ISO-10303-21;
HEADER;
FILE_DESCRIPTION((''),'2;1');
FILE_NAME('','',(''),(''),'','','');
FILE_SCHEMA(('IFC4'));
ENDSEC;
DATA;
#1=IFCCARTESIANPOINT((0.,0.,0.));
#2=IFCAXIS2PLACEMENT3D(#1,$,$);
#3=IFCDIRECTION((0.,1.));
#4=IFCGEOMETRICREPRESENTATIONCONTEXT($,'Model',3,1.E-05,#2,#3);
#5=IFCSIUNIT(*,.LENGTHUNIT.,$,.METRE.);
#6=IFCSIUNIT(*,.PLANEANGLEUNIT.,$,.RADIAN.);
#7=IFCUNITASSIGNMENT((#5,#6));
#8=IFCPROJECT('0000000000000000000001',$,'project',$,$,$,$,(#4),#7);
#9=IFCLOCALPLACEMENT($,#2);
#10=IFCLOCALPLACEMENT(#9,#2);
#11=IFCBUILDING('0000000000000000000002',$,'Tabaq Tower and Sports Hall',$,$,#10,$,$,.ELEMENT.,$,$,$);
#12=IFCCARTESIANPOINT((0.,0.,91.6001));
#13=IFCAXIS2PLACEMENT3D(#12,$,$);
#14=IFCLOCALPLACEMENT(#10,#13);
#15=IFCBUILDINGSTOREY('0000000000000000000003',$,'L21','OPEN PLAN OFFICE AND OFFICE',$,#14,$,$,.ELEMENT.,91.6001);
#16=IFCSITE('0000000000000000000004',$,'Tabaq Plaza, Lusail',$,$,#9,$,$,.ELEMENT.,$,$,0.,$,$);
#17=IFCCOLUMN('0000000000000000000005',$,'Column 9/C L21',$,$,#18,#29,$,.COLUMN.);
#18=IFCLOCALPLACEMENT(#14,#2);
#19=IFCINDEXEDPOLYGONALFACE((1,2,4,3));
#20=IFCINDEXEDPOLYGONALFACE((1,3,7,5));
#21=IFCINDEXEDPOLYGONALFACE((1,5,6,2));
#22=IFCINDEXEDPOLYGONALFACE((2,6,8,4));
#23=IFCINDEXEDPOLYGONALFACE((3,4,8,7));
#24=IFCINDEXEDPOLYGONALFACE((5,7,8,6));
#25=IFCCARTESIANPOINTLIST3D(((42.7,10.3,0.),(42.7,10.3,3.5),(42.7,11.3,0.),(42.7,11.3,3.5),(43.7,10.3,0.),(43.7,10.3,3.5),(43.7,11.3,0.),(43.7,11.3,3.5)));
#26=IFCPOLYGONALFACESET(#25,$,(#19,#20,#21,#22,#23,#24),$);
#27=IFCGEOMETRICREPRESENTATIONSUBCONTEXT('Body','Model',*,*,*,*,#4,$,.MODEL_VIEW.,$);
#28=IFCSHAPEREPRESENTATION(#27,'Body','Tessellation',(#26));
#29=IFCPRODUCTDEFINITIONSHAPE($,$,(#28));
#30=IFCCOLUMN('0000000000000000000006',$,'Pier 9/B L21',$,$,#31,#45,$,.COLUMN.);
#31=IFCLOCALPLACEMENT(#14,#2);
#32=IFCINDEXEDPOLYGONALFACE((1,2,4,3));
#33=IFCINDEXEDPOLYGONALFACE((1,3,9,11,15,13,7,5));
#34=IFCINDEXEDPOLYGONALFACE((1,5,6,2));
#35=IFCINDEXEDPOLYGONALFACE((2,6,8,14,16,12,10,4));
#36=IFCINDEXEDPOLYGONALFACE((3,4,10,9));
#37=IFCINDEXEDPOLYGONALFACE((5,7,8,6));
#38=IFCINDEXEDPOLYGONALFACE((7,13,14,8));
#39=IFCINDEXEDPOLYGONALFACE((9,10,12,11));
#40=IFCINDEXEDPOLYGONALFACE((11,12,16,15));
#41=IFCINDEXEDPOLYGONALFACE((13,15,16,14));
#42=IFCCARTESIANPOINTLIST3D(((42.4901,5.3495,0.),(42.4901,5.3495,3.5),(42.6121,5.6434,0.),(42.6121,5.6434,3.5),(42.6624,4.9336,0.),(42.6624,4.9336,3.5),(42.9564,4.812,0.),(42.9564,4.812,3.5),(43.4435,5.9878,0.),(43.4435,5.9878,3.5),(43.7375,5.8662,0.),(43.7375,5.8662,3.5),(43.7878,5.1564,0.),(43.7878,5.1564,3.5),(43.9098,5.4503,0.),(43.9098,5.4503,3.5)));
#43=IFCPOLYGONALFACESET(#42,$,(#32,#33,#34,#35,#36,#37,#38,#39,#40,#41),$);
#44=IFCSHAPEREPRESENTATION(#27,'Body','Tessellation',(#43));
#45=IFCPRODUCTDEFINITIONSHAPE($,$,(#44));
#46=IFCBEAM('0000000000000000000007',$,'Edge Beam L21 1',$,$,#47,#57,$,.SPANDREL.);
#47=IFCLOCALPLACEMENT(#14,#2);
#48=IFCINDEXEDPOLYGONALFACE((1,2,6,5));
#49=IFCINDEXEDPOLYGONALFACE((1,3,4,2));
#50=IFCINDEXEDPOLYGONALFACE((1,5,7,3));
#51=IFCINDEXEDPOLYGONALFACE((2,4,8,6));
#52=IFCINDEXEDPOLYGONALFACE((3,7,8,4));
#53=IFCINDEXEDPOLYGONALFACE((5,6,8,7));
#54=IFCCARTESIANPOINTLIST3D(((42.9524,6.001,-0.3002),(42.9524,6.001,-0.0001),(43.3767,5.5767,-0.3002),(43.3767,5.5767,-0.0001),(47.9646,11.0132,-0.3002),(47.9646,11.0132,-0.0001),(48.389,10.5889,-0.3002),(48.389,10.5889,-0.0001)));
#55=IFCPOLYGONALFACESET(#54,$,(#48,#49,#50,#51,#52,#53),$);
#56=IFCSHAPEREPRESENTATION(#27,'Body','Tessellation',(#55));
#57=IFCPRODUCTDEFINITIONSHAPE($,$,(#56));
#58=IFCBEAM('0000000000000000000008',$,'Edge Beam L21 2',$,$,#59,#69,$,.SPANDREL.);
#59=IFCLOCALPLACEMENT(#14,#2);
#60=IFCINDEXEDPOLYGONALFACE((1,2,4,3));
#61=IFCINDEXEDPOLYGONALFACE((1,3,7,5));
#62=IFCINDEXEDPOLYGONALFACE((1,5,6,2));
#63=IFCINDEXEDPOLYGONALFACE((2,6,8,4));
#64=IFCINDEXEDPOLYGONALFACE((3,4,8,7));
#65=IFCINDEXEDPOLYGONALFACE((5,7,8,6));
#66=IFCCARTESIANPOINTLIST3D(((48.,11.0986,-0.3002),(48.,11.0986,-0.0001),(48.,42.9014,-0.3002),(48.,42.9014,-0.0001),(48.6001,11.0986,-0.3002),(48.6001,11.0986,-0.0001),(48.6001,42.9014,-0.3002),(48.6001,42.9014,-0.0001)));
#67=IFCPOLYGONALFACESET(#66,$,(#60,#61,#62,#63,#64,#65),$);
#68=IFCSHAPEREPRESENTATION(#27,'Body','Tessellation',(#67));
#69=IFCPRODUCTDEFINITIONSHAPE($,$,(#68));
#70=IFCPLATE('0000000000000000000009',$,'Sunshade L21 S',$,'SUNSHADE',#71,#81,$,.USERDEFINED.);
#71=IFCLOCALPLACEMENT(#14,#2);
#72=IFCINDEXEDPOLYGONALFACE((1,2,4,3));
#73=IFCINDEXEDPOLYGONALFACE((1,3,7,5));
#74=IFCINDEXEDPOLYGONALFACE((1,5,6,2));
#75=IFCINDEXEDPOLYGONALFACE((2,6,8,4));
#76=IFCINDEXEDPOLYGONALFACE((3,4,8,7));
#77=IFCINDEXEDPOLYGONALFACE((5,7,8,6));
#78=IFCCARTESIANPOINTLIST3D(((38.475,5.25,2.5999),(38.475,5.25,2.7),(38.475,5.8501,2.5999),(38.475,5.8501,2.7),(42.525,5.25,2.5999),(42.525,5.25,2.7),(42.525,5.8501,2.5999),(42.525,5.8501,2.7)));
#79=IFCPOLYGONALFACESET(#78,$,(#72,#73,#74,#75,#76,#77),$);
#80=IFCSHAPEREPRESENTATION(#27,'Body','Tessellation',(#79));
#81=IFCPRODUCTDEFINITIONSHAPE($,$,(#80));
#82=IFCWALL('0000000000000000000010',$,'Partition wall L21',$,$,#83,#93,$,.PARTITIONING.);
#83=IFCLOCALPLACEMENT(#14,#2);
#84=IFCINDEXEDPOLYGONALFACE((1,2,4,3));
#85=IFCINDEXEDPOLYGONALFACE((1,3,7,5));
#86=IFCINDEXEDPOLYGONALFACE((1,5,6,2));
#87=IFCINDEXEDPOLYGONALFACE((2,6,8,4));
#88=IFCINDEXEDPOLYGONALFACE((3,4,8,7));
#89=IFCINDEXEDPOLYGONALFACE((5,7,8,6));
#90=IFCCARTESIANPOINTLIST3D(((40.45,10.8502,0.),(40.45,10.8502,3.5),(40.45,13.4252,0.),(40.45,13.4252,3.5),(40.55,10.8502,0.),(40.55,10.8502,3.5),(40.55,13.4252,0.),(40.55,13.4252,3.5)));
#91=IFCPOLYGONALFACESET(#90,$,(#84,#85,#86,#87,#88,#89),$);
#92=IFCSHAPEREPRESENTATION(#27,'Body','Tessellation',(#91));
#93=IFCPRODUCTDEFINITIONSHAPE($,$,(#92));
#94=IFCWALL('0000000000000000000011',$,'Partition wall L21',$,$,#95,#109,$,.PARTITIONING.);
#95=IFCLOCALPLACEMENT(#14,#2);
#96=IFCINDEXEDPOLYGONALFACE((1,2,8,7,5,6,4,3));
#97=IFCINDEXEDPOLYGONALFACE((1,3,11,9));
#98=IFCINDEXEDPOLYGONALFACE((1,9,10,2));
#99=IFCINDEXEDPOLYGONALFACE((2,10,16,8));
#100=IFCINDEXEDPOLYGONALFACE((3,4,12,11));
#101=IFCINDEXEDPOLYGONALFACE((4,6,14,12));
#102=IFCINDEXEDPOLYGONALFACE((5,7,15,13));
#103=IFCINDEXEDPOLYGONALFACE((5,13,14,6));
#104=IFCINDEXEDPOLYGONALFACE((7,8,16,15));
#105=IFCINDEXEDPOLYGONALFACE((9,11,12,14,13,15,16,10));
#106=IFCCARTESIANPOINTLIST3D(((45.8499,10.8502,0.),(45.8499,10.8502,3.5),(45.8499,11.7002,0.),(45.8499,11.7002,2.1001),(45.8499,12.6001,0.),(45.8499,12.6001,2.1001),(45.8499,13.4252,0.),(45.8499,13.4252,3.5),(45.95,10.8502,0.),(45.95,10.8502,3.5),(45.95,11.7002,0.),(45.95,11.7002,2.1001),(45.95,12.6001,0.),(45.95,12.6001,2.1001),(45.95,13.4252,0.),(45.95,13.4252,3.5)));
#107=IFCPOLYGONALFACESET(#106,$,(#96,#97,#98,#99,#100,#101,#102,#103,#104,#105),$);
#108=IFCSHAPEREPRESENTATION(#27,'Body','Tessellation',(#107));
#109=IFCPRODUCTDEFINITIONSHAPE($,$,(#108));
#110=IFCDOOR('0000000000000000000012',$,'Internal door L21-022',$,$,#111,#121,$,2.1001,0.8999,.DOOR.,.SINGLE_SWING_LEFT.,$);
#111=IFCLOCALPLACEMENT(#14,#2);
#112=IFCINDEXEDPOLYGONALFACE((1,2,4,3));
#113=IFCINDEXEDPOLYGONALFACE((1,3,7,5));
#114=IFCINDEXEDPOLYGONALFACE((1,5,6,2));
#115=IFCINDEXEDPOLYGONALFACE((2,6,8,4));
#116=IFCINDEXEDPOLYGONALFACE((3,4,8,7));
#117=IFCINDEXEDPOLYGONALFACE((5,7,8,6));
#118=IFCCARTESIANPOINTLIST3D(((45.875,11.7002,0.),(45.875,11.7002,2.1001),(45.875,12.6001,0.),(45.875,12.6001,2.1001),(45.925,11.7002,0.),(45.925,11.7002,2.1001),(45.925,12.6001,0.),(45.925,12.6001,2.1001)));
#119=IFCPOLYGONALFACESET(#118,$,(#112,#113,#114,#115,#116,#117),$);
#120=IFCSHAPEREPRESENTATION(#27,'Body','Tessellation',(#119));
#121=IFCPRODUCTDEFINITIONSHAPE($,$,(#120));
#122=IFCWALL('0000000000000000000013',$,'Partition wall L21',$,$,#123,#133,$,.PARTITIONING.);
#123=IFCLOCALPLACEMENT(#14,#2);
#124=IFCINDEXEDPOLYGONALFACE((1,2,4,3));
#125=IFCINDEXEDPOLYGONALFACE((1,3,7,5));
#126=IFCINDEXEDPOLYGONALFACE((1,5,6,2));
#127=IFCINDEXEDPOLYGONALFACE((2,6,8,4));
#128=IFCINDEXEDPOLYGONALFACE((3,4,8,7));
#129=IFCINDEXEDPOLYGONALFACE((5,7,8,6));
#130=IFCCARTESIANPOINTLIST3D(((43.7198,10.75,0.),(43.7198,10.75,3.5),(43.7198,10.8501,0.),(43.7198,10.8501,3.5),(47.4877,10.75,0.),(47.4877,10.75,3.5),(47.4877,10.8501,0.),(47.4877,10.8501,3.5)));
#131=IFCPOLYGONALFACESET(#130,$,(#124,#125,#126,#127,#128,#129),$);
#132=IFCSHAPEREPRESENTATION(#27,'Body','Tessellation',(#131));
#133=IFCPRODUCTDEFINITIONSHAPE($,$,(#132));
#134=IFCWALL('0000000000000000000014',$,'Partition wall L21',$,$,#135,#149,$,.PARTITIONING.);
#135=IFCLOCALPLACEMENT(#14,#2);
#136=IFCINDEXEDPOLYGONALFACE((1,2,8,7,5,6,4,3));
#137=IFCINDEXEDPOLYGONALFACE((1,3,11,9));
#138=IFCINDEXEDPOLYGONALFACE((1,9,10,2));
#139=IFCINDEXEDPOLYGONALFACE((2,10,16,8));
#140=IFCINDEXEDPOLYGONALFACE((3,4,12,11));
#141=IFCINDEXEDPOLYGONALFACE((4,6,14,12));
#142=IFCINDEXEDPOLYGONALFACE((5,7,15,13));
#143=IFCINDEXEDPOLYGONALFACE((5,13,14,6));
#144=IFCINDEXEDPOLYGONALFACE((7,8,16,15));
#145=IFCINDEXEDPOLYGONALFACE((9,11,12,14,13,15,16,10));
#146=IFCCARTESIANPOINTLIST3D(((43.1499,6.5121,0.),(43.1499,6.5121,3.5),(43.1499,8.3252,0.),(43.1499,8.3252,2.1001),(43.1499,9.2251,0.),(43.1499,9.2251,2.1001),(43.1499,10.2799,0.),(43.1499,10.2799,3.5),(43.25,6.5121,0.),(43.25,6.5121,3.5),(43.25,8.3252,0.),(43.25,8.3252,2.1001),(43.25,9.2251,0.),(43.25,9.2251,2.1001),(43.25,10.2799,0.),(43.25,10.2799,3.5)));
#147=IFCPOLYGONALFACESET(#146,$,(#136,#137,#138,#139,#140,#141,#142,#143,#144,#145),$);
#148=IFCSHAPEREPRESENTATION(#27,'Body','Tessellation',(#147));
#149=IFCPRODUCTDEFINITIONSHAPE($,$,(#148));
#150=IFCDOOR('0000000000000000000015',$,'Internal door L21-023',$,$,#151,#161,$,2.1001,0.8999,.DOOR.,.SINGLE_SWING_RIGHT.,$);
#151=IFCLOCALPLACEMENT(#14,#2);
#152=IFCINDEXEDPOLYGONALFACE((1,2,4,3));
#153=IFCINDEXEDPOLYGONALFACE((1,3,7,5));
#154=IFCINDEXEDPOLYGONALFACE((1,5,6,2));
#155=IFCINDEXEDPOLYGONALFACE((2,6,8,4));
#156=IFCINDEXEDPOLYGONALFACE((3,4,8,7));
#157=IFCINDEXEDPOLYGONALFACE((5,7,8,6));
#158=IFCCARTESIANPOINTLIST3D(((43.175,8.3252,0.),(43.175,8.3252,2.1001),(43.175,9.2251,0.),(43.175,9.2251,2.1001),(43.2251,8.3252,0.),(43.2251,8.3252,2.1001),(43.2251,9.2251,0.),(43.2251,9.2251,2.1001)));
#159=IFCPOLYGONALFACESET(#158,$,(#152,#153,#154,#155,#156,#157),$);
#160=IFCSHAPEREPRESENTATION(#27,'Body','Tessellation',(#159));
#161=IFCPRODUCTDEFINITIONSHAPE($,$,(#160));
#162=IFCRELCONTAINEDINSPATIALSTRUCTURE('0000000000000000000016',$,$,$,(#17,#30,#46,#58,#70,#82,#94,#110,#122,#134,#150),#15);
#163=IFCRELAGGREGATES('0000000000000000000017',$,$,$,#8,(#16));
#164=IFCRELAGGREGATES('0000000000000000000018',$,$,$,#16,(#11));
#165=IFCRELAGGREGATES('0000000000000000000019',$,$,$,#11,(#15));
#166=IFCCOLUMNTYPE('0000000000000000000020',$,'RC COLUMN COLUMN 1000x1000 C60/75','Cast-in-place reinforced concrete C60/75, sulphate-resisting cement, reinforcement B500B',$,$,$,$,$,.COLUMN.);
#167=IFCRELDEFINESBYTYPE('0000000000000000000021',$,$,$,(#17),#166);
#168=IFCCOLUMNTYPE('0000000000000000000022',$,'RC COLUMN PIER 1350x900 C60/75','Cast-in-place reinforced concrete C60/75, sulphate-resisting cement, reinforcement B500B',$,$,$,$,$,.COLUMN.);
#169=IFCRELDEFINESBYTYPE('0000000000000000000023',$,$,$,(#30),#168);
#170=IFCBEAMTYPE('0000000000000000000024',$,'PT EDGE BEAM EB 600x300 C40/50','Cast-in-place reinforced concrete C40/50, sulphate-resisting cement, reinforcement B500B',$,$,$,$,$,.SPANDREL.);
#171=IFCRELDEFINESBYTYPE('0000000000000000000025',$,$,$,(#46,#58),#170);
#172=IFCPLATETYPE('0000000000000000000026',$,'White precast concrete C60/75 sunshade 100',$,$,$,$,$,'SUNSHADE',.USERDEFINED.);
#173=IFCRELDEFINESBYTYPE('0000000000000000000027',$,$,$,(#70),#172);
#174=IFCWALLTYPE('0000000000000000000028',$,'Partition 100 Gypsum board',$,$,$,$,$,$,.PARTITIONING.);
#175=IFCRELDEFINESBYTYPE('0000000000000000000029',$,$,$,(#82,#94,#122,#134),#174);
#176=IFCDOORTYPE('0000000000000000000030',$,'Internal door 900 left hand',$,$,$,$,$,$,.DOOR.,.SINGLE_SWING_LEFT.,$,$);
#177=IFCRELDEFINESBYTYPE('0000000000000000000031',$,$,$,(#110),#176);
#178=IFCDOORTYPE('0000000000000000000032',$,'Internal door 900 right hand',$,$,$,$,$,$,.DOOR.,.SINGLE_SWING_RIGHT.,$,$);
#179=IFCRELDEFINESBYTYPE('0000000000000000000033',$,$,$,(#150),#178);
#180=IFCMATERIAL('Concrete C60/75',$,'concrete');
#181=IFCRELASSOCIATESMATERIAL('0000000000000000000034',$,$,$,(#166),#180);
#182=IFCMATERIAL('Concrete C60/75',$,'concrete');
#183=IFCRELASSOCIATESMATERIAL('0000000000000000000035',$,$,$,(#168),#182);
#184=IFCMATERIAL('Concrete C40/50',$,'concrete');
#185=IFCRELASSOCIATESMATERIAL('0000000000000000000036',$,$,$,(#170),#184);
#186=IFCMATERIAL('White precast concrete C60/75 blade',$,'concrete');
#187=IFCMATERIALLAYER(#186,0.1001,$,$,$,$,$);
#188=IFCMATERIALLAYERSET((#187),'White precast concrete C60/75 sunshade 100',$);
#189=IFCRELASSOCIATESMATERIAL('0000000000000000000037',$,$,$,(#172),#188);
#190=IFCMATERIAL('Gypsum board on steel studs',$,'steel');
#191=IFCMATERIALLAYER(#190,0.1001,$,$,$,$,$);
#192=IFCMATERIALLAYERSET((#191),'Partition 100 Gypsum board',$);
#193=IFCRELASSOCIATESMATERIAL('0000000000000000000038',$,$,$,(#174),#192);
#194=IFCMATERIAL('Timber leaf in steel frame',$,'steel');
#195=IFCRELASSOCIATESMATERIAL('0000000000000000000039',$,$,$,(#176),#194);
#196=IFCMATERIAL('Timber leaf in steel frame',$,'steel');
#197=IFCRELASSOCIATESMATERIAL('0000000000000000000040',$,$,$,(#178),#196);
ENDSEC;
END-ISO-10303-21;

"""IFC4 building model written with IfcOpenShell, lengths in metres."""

from ifc_helpers import new_model, si_unit, direction, frame, frame_2d, origin, origin_2d, place, context, subcontext, project, spatial, polyline, rectangle, outline, extrude, material, layer, layer_set, material_profile, profile_set, type_object, element, fill, save


model = new_model("IFC4")

# Units and contexts
model_context = context("Model", 3, precision=1e-05, world=origin(), true_north=direction((0.0, 1.0)))
body_context = subcontext(model_context, "Body", "Model", "MODEL_VIEW")
ifc_project = project(units=[si_unit("LENGTHUNIT", "METRE"), si_unit("PLANEANGLEUNIT", "RADIAN")], contexts=[model_context])

# Site, building, storey
site_placement = place(None, origin())
site = spatial("IfcSite", under=ifc_project, at=site_placement, Name="Tabaq Plaza, Lusail", CompositionType="ELEMENT", RefElevation=0.0)
building_placement = place(site_placement, origin())
building = spatial("IfcBuilding", under=site, at=building_placement, Name="Tabaq Tower and Sports Hall", CompositionType="ELEMENT")
storey_placement = place(building_placement, frame((0.0, 0.0, 91.6001)))
storey = spatial("IfcBuildingStorey", under=building, at=storey_placement, Name="L21", Description="OPEN PLAN OFFICE AND OFFICE", CompositionType="ELEMENT", Elevation=91.6001)

# Columns
ifc_material_1 = material(Name="Concrete C60/75", Category="concrete")
ifc_material_profile_1 = material_profile(ifc_material_1, rectangle(XDim=1.0, YDim=1.0, at=origin_2d()), Name="COLUMN 1000x1000")
ifc_profile_set_1 = profile_set([ifc_material_profile_1], Name="Concrete C60/75")
column_type_1 = type_object("IfcColumnType", Name="RC COLUMN COLUMN 1000x1000 C60/75", Description="Cast-in-place reinforced concrete C60/75, sulphate-resisting cement, reinforcement B500B", PredefinedType="COLUMN", material=ifc_profile_set_1)
column_1_placement = place(storey_placement, frame((43.2, 10.8, 0.0), z_axis=(0.0, 0.0, 1.0), x_axis=(1.0, 0.0, 0.0)))
element("IfcColumn", 1, at=column_1_placement, inside=storey, type_object=column_type_1, Name="Column 9/C L21", PredefinedType="COLUMN", context=body_context, shape_type="SweptSolid", body=[
    extrude(rectangle(XDim=1.0, YDim=1.0, at=origin_2d()), origin(), (0.0, 0.0, 1.0), 3.5),
])
ifc_material_2 = material(Name="Concrete C60/75", Category="concrete")
ifc_material_profile_2 = material_profile(ifc_material_2, outline(polyline([(-0.45, -0.45), (0.45, -0.45), (0.675, -0.2251), (0.675, 0.2251), (0.45, 0.45), (-0.45, 0.45), (-0.675, 0.2251), (-0.675, -0.2251), (-0.45, -0.45)])), Name="PIER 1350x900")
ifc_profile_set_2 = profile_set([ifc_material_profile_2], Name="Concrete C60/75")
column_type_2 = type_object("IfcColumnType", Name="RC COLUMN PIER 1350x900 C60/75", Description="Cast-in-place reinforced concrete C60/75, sulphate-resisting cement, reinforcement B500B", PredefinedType="COLUMN", material=ifc_profile_set_2)
column_2_placement = place(storey_placement, frame((43.2, 5.3999, 0.0), z_axis=(0.0, 0.0, 1.0), x_axis=(0.92388, 0.382683, 0.0)))
element("IfcColumn", 2, at=column_2_placement, inside=storey, type_object=column_type_2, Name="Pier 9/B L21", PredefinedType="COLUMN", context=body_context, shape_type="SweptSolid", body=[
    extrude(outline(polyline([(-0.45, -0.45), (0.45, -0.45), (0.675, -0.2251), (0.675, 0.2251), (0.45, 0.45), (-0.45, 0.45), (-0.675, 0.2251), (-0.675, -0.2251), (-0.45, -0.45)])), origin(), (0.0, 0.0, 1.0), 3.5),
])

# Beams
ifc_material_3 = material(Name="Concrete C40/50", Category="concrete")
ifc_material_profile_3 = material_profile(ifc_material_3, rectangle(XDim=0.6001, YDim=0.3, at=origin_2d()), Name="EB 600x300")
ifc_profile_set_3 = profile_set([ifc_material_profile_3], Name="Concrete C40/50")
beam_type = type_object("IfcBeamType", Name="PT EDGE BEAM EB 600x300 C40/50", Description="Cast-in-place reinforced concrete C40/50, sulphate-resisting cement, reinforcement B500B", PredefinedType="SPANDREL", material=ifc_profile_set_3)
beam_1_placement = place(storey_placement, frame((43.1646, 5.7888, -0.1501), z_axis=(0.707107, 0.707107, 0.0), x_axis=(-0.707107, 0.707107, 0.0)))
element("IfcBeam", 3, at=beam_1_placement, inside=storey, type_object=beam_type, Name="Edge Beam L21 1", PredefinedType="SPANDREL", context=body_context, shape_type="SweptSolid", body=[
    extrude(rectangle(XDim=0.6001, YDim=0.3, at=origin_2d()), origin(), (0.0, 0.0, 1.0), 7.0884),
])
beam_2_placement = place(storey_placement, frame((48.3, 11.0986, -0.1501), z_axis=(0.0, 1.0, 0.0), x_axis=(-1.0, 0.0, 0.0)))
element("IfcBeam", 4, at=beam_2_placement, inside=storey, type_object=beam_type, Name="Edge Beam L21 2", PredefinedType="SPANDREL", context=body_context, shape_type="SweptSolid", body=[
    extrude(rectangle(XDim=0.6001, YDim=0.3, at=origin_2d()), origin(), (0.0, 0.0, 1.0), 31.8027),
])

# Plate
ifc_material_4 = material(Name="White precast concrete C60/75 blade", Category="concrete")
ifc_layer_1 = layer(ifc_material_4, 0.1001)
ifc_layer_set_1 = layer_set([ifc_layer_1], Name="White precast concrete C60/75 sunshade 100")
plate_type = type_object("IfcPlateType", Name="White precast concrete C60/75 sunshade 100", ElementType="SUNSHADE", PredefinedType="USERDEFINED", material=ifc_layer_set_1)
plate_placement = place(storey_placement, frame((40.5, 5.55, 2.5999), z_axis=(0.0, 0.0, 1.0), x_axis=(1.0, 0.0, 0.0)))
element("IfcPlate", 5, at=plate_placement, inside=storey, type_object=plate_type, Name="Sunshade L21 S", ObjectType="SUNSHADE", PredefinedType="USERDEFINED", context=body_context, shape_type="SweptSolid", body=[
    extrude(rectangle(XDim=4.05, YDim=0.6001, at=origin_2d()), origin(), (0.0, 0.0, 1.0), 0.1001),
])

# Wall
ifc_material_5 = material(Name="Gypsum board on steel studs", Category="steel")
ifc_layer_2 = layer(ifc_material_5, 0.1001)
ifc_layer_set_2 = layer_set([ifc_layer_2], Name="Partition 100 Gypsum board")
wall_type_1 = type_object("IfcWallType", Name="Partition 100 Gypsum board", PredefinedType="PARTITIONING", material=ifc_layer_set_2)
wall_1_placement = place(storey_placement, frame((40.5, 10.8501, 0.0), z_axis=(0.0, 0.0, 1.0), x_axis=(0.0, 1.0, 0.0)))
element("IfcWall", 6, at=wall_1_placement, inside=storey, type_object=wall_type_1, Name="Partition wall L21", PredefinedType="PARTITIONING", context=body_context, shape_type="SweptSolid", body=[
    extrude(rectangle(XDim=2.575, YDim=0.1001, at=frame_2d((1.2876, 0.0))), origin(), (0.0, 0.0, 1.0), 3.5),
])

# Wall, opening, door
wall_2_placement = place(storey_placement, frame((45.8999, 10.8501, 0.0), z_axis=(0.0, 0.0, 1.0), x_axis=(0.0, 1.0, 0.0)))
wall_2 = element("IfcWall", 7, at=wall_2_placement, inside=storey, type_object=wall_type_1, Name="Partition wall L21", PredefinedType="PARTITIONING", context=body_context, shape_type="SweptSolid", body=[
    extrude(rectangle(XDim=2.575, YDim=0.1001, at=frame_2d((1.2876, 0.0))), origin(), (0.0, 0.0, 1.0), 3.5),
])
opening_1_placement = place(wall_2_placement, frame((0.8501, 0.0, 0.0)))
opening_1 = element("IfcOpeningElement", 8, at=opening_1_placement, cuts=wall_2, PredefinedType="OPENING", context=body_context, shape_type="SweptSolid", body=[
    extrude(rectangle(XDim=0.8999, YDim=2.1001, at=frame_2d((0.45, 1.05))), frame((0.0, 0.05, 0.0), z_axis=(0.0, -1.0, 0.0), x_axis=(1.0, 0.0, 0.0)), (0.0, 0.0, 1.0), 0.1001),
])
ifc_material_6 = material(Name="Timber leaf in steel frame", Category="steel")
door_type_1 = type_object("IfcDoorType", Name="Internal door 900 left hand", OperationType="SINGLE_SWING_LEFT", PredefinedType="DOOR", material=ifc_material_6)
door_1_placement = place(opening_1_placement, origin())
door_1 = element("IfcDoor", 9, at=door_1_placement, inside=storey, type_object=door_type_1, Name="Internal door L21-022", OperationType="SINGLE_SWING_LEFT", OverallHeight=2.1001, OverallWidth=0.8999, PredefinedType="DOOR", context=body_context, shape_type="SweptSolid", body=[
    extrude(rectangle(XDim=0.8999, YDim=2.1001, at=frame_2d((0.45, 1.05))), frame((0.0, 0.0249, 0.0), z_axis=(0.0, -1.0, 0.0), x_axis=(1.0, 0.0, 0.0)), (0.0, 0.0, 1.0), 0.05),
])
fill(opening_1, door_1)

# Wall
wall_3_placement = place(storey_placement, frame((43.72, 10.8, 0.0), z_axis=(0.0, 0.0, 1.0), x_axis=(1.0, 0.0, 0.0)))
element("IfcWall", 10, at=wall_3_placement, inside=storey, type_object=wall_type_1, Name="Partition wall L21", PredefinedType="PARTITIONING", context=body_context, shape_type="SweptSolid", body=[
    extrude(rectangle(XDim=3.7678, YDim=0.1001, at=frame_2d((1.8838, 0.0))), origin(), (0.0, 0.0, 1.0), 3.5),
])

# Wall, opening, door
wall_4_placement = place(storey_placement, frame((43.2, 6.5122, 0.0), z_axis=(0.0, 0.0, 1.0), x_axis=(0.0, 1.0, 0.0)))
wall_4 = element("IfcWall", 11, at=wall_4_placement, inside=storey, type_object=wall_type_1, Name="Partition wall L21", PredefinedType="PARTITIONING", context=body_context, shape_type="SweptSolid", body=[
    extrude(rectangle(XDim=3.7678, YDim=0.1001, at=frame_2d((1.8838, 0.0))), origin(), (0.0, 0.0, 1.0), 3.5),
])
opening_2_placement = place(wall_4_placement, frame((1.813, 0.0, 0.0)))
opening_2 = element("IfcOpeningElement", 12, at=opening_2_placement, cuts=wall_4, PredefinedType="OPENING", context=body_context, shape_type="SweptSolid", body=[
    extrude(rectangle(XDim=0.8999, YDim=2.1001, at=frame_2d((0.45, 1.05))), frame((0.0, 0.05, 0.0), z_axis=(0.0, -1.0, 0.0), x_axis=(1.0, 0.0, 0.0)), (0.0, 0.0, 1.0), 0.1001),
])
ifc_material_7 = material(Name="Timber leaf in steel frame", Category="steel")
door_type_2 = type_object("IfcDoorType", Name="Internal door 900 right hand", OperationType="SINGLE_SWING_RIGHT", PredefinedType="DOOR", material=ifc_material_7)
door_2_placement = place(opening_2_placement, origin())
door_2 = element("IfcDoor", 13, at=door_2_placement, inside=storey, type_object=door_type_2, Name="Internal door L21-023", OperationType="SINGLE_SWING_RIGHT", OverallHeight=2.1001, OverallWidth=0.8999, PredefinedType="DOOR", context=body_context, shape_type="SweptSolid", body=[
    extrude(rectangle(XDim=0.8999, YDim=2.1001, at=frame_2d((0.45, 1.05))), frame((0.0, 0.0249, 0.0), z_axis=(0.0, -1.0, 0.0), x_axis=(1.0, 0.0, 0.0)), (0.0, 0.0, 1.0), 0.05),
])
fill(opening_2, door_2)

save(model, "model.ifc")
